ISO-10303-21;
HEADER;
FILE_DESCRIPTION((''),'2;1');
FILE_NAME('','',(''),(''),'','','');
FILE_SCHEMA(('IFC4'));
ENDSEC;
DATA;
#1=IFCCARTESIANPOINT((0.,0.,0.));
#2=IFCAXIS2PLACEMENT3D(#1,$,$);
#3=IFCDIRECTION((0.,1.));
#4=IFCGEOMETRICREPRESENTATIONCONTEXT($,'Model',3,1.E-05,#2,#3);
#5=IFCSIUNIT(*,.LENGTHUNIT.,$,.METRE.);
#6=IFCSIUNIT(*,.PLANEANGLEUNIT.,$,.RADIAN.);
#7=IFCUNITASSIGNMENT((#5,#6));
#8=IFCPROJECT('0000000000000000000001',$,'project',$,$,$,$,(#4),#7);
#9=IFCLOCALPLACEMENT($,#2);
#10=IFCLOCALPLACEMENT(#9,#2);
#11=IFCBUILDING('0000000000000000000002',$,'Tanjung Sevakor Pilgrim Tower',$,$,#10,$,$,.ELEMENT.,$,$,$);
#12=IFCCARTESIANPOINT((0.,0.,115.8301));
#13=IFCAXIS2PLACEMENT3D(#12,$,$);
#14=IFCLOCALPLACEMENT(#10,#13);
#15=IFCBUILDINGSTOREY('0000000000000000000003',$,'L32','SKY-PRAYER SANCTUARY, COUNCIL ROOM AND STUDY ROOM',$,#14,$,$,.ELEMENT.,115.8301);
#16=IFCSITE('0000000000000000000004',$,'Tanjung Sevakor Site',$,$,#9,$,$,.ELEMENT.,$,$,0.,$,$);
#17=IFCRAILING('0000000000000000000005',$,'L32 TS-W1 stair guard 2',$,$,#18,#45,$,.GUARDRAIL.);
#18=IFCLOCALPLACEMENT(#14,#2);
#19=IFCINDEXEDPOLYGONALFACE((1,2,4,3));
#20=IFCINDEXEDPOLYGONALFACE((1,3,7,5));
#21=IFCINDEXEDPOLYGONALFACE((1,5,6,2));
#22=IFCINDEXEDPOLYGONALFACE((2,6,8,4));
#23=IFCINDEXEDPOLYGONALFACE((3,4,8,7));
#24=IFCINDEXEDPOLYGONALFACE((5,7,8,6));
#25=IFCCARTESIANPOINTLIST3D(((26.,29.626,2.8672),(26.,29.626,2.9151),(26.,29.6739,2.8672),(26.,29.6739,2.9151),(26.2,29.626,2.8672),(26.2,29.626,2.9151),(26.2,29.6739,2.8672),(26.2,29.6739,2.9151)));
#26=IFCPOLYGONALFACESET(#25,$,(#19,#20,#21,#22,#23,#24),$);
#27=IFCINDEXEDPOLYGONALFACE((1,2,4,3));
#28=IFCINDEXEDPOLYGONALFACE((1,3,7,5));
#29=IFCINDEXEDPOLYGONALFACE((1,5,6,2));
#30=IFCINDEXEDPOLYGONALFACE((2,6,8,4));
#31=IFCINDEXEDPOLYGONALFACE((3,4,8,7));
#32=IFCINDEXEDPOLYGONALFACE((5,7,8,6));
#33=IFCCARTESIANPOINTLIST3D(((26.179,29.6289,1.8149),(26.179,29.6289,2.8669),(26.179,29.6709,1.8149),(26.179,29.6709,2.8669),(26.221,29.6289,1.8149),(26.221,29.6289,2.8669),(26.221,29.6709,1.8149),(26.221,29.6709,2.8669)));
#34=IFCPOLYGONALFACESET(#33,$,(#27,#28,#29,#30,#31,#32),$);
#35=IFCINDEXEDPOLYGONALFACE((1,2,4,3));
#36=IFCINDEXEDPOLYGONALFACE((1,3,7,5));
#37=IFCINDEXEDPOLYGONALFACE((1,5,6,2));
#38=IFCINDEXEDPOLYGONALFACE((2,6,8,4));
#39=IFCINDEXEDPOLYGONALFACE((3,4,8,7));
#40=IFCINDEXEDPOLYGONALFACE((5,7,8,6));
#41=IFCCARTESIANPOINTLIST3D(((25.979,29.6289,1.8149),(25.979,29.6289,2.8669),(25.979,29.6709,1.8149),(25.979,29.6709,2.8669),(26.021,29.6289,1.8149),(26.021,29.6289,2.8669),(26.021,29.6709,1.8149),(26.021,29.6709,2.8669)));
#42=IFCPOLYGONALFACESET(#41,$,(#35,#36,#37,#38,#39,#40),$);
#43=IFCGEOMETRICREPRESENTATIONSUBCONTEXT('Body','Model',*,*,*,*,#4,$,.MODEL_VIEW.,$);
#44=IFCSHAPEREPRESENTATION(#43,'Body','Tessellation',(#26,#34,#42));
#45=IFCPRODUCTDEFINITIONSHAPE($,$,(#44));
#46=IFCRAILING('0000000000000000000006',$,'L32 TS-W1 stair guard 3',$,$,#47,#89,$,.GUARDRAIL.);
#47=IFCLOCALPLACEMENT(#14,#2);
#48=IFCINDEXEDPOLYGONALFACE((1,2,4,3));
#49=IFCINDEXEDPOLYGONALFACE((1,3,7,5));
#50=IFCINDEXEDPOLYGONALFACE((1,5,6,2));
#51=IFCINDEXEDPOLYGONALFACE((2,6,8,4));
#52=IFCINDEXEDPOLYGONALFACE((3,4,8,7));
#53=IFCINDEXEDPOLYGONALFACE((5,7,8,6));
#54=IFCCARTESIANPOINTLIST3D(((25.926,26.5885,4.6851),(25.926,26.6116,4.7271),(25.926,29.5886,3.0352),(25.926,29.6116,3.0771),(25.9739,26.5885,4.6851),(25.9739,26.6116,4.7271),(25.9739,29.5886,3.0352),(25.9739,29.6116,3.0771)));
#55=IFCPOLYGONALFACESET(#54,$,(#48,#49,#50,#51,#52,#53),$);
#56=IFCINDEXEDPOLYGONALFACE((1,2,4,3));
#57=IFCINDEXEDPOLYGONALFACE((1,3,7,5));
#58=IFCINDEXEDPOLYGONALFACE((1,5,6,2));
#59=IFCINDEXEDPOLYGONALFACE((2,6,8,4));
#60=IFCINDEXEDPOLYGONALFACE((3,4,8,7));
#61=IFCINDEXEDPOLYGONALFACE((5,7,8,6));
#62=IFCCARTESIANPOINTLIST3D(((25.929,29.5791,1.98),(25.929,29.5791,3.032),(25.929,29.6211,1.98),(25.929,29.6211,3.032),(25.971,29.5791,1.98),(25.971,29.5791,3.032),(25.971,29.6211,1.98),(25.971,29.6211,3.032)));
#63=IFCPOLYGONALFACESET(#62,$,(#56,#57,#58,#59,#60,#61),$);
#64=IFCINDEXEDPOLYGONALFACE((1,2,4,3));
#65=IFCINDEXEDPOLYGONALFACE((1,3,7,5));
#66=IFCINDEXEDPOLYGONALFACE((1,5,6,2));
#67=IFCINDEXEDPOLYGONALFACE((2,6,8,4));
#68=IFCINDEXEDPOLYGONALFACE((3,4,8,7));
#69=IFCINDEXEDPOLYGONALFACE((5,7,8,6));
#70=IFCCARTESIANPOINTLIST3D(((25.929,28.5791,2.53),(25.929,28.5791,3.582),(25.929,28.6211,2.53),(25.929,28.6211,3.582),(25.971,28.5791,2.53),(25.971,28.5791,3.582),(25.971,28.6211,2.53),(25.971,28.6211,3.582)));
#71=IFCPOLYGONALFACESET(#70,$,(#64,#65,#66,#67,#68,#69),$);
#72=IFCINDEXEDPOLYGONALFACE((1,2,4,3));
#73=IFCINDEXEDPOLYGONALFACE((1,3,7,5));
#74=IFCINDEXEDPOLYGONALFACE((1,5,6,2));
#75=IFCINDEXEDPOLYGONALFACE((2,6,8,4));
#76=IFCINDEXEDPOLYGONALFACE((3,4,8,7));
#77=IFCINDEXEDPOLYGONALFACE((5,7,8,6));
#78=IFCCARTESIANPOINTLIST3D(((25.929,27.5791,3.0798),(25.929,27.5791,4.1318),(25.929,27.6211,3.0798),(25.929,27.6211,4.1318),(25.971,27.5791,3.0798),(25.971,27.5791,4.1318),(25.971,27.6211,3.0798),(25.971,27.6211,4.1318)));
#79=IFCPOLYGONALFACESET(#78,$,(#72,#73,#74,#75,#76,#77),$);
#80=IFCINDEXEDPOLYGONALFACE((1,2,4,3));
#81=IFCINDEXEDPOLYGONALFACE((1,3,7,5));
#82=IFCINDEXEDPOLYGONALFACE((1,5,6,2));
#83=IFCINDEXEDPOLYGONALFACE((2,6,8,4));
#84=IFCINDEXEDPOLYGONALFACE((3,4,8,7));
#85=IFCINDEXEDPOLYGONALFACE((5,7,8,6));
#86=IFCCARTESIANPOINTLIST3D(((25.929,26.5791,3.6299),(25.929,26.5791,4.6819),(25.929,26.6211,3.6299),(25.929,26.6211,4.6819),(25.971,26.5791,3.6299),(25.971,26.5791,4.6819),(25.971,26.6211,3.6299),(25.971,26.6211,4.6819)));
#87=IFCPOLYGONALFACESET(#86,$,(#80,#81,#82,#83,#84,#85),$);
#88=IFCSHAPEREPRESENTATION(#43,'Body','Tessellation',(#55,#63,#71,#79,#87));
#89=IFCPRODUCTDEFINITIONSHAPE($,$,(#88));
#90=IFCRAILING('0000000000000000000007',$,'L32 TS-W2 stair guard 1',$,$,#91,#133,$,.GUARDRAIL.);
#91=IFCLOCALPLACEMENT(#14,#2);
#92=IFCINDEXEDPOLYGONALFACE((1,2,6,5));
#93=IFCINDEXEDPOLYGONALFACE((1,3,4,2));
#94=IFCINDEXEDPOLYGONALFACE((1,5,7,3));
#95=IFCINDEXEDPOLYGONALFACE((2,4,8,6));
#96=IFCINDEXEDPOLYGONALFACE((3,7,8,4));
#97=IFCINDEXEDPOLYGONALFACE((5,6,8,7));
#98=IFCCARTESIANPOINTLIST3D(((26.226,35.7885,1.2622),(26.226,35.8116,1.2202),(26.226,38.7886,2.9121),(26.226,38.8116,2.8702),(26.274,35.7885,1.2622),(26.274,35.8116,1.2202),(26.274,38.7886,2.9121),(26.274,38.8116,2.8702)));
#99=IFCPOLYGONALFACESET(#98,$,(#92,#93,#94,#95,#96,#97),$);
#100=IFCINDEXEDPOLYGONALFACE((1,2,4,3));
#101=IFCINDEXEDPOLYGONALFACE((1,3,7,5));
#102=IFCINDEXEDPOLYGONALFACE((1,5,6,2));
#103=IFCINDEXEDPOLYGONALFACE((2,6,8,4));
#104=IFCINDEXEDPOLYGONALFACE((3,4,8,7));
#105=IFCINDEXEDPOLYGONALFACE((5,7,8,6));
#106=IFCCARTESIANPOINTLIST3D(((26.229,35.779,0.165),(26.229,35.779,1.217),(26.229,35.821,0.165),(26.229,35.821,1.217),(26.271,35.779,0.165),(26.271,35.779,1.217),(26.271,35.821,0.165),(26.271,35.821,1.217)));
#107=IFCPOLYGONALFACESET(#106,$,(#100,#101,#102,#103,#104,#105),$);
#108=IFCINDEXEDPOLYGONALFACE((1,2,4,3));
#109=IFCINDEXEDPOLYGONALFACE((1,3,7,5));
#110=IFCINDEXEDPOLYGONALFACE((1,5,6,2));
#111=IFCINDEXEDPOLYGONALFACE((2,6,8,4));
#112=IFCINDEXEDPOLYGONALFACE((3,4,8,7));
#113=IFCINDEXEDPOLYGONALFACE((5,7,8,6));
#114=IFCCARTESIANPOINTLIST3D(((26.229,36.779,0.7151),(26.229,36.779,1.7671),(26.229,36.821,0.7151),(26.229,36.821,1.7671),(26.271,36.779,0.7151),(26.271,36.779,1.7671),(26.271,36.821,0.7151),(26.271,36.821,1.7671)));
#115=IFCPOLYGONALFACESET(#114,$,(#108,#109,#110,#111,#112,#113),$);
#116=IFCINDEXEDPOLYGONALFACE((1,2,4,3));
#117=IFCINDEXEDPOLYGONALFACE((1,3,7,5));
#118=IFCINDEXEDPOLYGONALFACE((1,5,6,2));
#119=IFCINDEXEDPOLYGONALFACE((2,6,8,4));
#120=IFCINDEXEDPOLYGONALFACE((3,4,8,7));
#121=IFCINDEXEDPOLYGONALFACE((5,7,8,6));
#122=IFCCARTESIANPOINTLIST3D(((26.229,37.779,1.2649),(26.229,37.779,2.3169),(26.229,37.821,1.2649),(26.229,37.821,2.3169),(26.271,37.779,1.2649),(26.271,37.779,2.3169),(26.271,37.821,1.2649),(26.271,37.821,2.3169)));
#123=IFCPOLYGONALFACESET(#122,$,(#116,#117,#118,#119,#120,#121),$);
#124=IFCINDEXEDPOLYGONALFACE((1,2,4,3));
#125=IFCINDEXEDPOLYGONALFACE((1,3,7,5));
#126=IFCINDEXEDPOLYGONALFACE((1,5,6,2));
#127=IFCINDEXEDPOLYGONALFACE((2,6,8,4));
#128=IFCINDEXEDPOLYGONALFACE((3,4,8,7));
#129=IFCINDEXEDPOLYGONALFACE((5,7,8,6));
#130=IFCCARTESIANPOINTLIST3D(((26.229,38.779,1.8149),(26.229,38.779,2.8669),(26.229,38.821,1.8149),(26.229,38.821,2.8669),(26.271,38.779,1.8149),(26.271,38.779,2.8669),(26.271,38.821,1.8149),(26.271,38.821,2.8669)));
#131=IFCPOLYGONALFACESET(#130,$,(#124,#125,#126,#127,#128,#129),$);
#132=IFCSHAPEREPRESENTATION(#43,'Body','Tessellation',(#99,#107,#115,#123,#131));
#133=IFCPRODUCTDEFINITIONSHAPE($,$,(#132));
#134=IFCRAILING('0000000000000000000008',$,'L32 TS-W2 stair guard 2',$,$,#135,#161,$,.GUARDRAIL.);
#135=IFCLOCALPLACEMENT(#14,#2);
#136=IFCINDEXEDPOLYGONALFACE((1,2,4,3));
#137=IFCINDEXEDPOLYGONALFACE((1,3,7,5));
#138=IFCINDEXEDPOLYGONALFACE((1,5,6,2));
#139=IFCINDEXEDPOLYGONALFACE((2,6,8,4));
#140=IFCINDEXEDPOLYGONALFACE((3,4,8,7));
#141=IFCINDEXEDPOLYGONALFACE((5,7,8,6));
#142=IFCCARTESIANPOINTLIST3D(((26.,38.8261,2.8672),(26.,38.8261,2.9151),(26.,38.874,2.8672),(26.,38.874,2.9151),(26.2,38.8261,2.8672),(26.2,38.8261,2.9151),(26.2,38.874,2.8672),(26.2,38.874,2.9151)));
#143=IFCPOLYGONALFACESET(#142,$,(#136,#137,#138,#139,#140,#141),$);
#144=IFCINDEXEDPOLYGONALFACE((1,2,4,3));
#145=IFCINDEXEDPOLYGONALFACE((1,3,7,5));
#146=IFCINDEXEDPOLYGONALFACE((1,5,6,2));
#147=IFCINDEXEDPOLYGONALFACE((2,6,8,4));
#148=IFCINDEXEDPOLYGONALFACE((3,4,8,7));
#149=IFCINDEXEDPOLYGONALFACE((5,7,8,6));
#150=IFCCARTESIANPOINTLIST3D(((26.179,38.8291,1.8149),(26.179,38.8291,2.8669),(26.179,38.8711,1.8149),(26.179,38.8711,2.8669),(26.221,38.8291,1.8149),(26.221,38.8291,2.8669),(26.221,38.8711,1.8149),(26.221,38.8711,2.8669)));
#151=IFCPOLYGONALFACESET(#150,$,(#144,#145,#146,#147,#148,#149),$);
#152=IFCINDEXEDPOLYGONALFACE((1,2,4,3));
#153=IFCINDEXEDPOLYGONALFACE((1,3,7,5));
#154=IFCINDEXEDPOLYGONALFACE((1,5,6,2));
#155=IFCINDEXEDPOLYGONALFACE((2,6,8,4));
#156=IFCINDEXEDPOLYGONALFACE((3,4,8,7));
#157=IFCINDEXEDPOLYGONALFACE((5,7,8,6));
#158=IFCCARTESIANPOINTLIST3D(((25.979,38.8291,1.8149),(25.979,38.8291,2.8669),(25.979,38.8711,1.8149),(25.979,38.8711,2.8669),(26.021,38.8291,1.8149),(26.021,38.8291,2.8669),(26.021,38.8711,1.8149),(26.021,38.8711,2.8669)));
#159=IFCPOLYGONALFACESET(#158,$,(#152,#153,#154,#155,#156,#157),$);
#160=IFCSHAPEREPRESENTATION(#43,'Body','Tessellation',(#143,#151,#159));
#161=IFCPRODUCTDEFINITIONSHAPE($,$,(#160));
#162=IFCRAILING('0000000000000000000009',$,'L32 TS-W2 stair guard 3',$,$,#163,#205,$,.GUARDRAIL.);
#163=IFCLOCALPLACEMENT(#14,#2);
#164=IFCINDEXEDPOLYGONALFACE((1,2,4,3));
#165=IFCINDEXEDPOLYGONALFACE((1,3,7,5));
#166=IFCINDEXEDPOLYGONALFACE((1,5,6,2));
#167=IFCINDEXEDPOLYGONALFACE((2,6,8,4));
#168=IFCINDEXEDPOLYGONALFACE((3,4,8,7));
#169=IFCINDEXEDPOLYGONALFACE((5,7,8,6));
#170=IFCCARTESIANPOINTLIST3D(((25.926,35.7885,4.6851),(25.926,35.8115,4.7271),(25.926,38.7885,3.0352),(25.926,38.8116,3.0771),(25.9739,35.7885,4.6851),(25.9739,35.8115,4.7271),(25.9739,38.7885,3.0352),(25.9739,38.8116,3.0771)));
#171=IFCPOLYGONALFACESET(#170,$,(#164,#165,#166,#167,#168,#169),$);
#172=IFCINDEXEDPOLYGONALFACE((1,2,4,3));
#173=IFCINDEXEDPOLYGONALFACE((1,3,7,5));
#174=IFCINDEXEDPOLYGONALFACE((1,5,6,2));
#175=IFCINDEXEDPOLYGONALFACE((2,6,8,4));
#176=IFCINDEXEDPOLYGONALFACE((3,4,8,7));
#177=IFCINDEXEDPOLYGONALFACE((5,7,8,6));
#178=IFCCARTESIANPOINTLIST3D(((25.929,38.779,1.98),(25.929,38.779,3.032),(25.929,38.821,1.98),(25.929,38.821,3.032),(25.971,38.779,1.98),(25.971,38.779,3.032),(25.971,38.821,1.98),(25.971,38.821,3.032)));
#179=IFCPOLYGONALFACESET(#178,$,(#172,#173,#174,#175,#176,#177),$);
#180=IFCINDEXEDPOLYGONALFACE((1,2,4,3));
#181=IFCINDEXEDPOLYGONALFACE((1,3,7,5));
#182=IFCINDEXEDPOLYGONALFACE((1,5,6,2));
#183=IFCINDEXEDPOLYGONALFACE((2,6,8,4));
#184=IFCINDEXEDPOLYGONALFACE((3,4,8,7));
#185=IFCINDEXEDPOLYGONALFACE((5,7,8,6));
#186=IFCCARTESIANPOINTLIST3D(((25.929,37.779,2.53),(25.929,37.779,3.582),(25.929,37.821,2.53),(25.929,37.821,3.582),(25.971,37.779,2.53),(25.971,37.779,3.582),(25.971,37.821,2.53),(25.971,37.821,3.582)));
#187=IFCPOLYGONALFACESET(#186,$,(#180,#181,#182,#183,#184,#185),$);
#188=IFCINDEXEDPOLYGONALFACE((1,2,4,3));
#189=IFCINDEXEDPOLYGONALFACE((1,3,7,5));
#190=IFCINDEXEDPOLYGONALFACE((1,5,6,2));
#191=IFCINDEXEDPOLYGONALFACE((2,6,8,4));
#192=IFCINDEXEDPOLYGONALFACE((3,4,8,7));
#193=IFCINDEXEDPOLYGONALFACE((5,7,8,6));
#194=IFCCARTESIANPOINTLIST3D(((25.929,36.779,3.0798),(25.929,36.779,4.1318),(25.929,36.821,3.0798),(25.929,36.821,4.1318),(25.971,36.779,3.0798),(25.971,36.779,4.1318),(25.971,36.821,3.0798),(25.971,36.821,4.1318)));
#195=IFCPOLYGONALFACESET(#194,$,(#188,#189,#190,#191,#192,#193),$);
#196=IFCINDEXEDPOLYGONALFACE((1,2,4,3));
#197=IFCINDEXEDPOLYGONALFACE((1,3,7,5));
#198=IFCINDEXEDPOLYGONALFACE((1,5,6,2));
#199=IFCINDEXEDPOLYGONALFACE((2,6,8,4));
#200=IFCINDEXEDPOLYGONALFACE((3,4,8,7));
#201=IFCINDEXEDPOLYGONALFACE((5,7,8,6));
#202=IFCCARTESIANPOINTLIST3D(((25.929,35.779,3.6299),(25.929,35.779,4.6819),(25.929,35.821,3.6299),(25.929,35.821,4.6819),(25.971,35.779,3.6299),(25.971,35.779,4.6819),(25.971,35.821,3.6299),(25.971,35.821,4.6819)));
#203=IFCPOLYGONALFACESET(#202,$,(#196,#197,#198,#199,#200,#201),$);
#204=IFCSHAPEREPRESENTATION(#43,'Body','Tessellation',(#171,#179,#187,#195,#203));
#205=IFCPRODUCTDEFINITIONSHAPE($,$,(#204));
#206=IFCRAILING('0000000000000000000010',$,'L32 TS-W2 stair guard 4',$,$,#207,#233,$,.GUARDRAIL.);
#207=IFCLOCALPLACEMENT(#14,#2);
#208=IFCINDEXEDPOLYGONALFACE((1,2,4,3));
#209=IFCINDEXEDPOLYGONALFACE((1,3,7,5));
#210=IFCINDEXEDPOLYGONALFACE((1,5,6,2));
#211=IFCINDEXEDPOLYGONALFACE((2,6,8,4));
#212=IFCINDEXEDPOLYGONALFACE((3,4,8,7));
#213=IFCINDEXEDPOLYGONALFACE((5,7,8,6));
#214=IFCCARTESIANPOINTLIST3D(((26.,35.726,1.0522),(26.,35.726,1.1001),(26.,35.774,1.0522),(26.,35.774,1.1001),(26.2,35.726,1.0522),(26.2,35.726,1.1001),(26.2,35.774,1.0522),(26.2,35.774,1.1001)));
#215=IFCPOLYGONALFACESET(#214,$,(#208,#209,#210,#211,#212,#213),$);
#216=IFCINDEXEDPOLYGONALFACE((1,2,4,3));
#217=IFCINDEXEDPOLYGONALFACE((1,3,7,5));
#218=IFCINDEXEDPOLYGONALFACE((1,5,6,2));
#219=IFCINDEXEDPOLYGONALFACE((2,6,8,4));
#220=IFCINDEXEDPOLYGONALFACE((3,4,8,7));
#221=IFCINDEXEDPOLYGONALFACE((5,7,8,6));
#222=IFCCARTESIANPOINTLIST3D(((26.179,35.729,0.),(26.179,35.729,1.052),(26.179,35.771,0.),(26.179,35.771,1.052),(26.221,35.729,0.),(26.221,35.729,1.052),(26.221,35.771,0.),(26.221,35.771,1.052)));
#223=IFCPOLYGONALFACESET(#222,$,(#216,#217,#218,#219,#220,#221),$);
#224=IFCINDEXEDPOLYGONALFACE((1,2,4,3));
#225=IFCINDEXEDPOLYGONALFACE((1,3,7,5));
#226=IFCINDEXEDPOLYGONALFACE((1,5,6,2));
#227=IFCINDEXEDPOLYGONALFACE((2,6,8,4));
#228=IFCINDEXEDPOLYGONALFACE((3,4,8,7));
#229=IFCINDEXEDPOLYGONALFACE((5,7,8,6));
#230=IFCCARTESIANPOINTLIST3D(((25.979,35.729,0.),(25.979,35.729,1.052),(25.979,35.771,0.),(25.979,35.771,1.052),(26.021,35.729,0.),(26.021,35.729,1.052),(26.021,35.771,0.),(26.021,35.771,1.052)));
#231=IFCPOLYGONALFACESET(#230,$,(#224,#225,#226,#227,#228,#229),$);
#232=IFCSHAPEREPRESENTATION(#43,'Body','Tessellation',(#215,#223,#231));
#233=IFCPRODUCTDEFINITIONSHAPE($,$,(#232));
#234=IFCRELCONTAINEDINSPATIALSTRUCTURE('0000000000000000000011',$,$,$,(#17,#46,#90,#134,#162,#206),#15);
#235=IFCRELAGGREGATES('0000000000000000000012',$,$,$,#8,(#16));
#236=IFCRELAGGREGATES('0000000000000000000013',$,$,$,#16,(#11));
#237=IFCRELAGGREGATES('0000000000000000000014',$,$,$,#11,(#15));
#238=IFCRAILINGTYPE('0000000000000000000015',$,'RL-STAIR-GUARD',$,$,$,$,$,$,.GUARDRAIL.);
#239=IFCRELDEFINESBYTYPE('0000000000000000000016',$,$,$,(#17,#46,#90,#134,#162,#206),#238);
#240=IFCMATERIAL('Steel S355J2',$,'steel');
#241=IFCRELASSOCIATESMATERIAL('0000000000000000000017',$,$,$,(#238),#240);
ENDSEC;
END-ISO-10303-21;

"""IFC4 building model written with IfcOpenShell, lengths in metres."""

from ifc_helpers import new_model, si_unit, direction, frame, origin, place, context, subcontext, project, spatial, rectangle, extrude, material, type_object, element, save


model = new_model("IFC4")

# Units and contexts
model_context = context("Model", 3, precision=1e-05, world=origin(), true_north=direction((0.0, 1.0)))
body_context = subcontext(model_context, "Body", "Model", "MODEL_VIEW")
ifc_project = project(units=[si_unit("LENGTHUNIT", "METRE"), si_unit("PLANEANGLEUNIT", "RADIAN")], contexts=[model_context])

# Site, building, storey
site_placement = place(None, origin())
site = spatial("IfcSite", under=ifc_project, at=site_placement, Name="Tanjung Sevakor Site", CompositionType="ELEMENT", RefElevation=0.0)
building_placement = place(site_placement, origin())
building = spatial("IfcBuilding", under=site, at=building_placement, Name="Tanjung Sevakor Pilgrim Tower", CompositionType="ELEMENT")
storey_placement = place(building_placement, frame((0.0, 0.0, 115.8301)))
storey = spatial("IfcBuildingStorey", under=building, at=storey_placement, Name="L32", Description="SKY-PRAYER SANCTUARY, COUNCIL ROOM AND STUDY ROOM", CompositionType="ELEMENT", Elevation=115.8301)

# Railings
ifc_material_1 = material(Name="Steel S355J2", Category="steel")
railing_type_1 = type_object("IfcRailingType", Name="RL-STAIR-GUARD", PredefinedType="GUARDRAIL", material=ifc_material_1)
railing_1_placement = place(storey_placement, frame((26.2, 29.6499, 1.8149)))
element("IfcRailing", 1, at=railing_1_placement, inside=storey, type_object=railing_type_1, Name="L32 TS-W1 stair guard 2", PredefinedType="GUARDRAIL", context=body_context, shape_type="SweptSolid", body=[
    extrude(rectangle(XDim=0.0479, YDim=0.0479), frame((0.0, 0.0, 1.0762), z_axis=(-1.0, 0.0, 0.0), x_axis=(0.0, -1.0, 0.0)), (0.0, 0.0, 1.0), 0.2),
    extrude(rectangle(XDim=0.042, YDim=0.042), origin(), (0.0, 0.0, 1.0), 1.052),
    extrude(rectangle(XDim=0.042, YDim=0.042), frame((-0.2, 0.0, 0.0)), (0.0, 0.0, 1.0), 1.052),
])
railing_2_placement = place(storey_placement, frame((25.95, 29.6001, 1.98)))
element("IfcRailing", 2, at=railing_2_placement, inside=storey, type_object=railing_type_1, Name="L32 TS-W1 stair guard 3", PredefinedType="GUARDRAIL", context=body_context, shape_type="SweptSolid", body=[
    extrude(rectangle(XDim=0.0479, YDim=0.0479), frame((0.0, 0.0, 1.0762), z_axis=(0.0, -0.876228, 0.481897), x_axis=(1.0, 0.0, 0.0)), (0.0, 0.0, 1.0), 3.4238),
    extrude(rectangle(XDim=0.042, YDim=0.042), origin(), (0.0, 0.0, 1.0), 1.052),
    extrude(rectangle(XDim=0.042, YDim=0.042), frame((0.0, -1.0, 0.55)), (0.0, 0.0, 1.0), 1.052),
    extrude(rectangle(XDim=0.042, YDim=0.042), frame((0.0, -2.0, 1.0999)), (0.0, 0.0, 1.0), 1.052),
    extrude(rectangle(XDim=0.042, YDim=0.042), frame((0.0, -3.0, 1.6499)), (0.0, 0.0, 1.0), 1.052),
])
railing_3_placement = place(storey_placement, frame((26.25, 35.8, 0.165)))
element("IfcRailing", 3, at=railing_3_placement, inside=storey, type_object=railing_type_1, Name="L32 TS-W2 stair guard 1", PredefinedType="GUARDRAIL", context=body_context, shape_type="SweptSolid", body=[
    extrude(rectangle(XDim=0.0479, YDim=0.0479), frame((0.0, 0.0, 1.0762), z_axis=(0.0, 0.876228, 0.481897), x_axis=(-1.0, 0.0, 0.0)), (0.0, 0.0, 1.0), 3.4238),
    extrude(rectangle(XDim=0.042, YDim=0.042), origin(), (0.0, 0.0, 1.0), 1.052),
    extrude(rectangle(XDim=0.042, YDim=0.042), frame((0.0, 1.0, 0.55)), (0.0, 0.0, 1.0), 1.052),
    extrude(rectangle(XDim=0.042, YDim=0.042), frame((0.0, 2.0, 1.0999)), (0.0, 0.0, 1.0), 1.052),
    extrude(rectangle(XDim=0.042, YDim=0.042), frame((0.0, 3.0, 1.6499)), (0.0, 0.0, 1.0), 1.052),
])
railing_4_placement = place(storey_placement, frame((26.2, 38.8501, 1.8149)))
element("IfcRailing", 4, at=railing_4_placement, inside=storey, type_object=railing_type_1, Name="L32 TS-W2 stair guard 2", PredefinedType="GUARDRAIL", context=body_context, shape_type="SweptSolid", body=[
    extrude(rectangle(XDim=0.0479, YDim=0.0479), frame((0.0, 0.0, 1.0762), z_axis=(-1.0, 0.0, 0.0), x_axis=(0.0, -1.0, 0.0)), (0.0, 0.0, 1.0), 0.2),
    extrude(rectangle(XDim=0.042, YDim=0.042), origin(), (0.0, 0.0, 1.0), 1.052),
    extrude(rectangle(XDim=0.042, YDim=0.042), frame((-0.2, 0.0, 0.0)), (0.0, 0.0, 1.0), 1.052),
])
railing_5_placement = place(storey_placement, frame((25.95, 38.8, 1.98)))
element("IfcRailing", 5, at=railing_5_placement, inside=storey, type_object=railing_type_1, Name="L32 TS-W2 stair guard 3", PredefinedType="GUARDRAIL", context=body_context, shape_type="SweptSolid", body=[
    extrude(rectangle(XDim=0.0479, YDim=0.0479), frame((0.0, 0.0, 1.0762), z_axis=(0.0, -0.876228, 0.481897), x_axis=(1.0, 0.0, 0.0)), (0.0, 0.0, 1.0), 3.4238),
    extrude(rectangle(XDim=0.042, YDim=0.042), origin(), (0.0, 0.0, 1.0), 1.052),
    extrude(rectangle(XDim=0.042, YDim=0.042), frame((0.0, -1.0, 0.55)), (0.0, 0.0, 1.0), 1.052),
    extrude(rectangle(XDim=0.042, YDim=0.042), frame((0.0, -2.0, 1.0999)), (0.0, 0.0, 1.0), 1.052),
    extrude(rectangle(XDim=0.042, YDim=0.042), frame((0.0, -3.0, 1.6499)), (0.0, 0.0, 1.0), 1.052),
])
railing_6_placement = place(storey_placement, frame((26.2, 35.75, 0.0)))
element("IfcRailing", 6, at=railing_6_placement, inside=storey, type_object=railing_type_1, Name="L32 TS-W2 stair guard 4", PredefinedType="GUARDRAIL", context=body_context, shape_type="SweptSolid", body=[
    extrude(rectangle(XDim=0.0479, YDim=0.0479), frame((0.0, 0.0, 1.0762), z_axis=(-1.0, 0.0, 0.0), x_axis=(0.0, -1.0, 0.0)), (0.0, 0.0, 1.0), 0.2),
    extrude(rectangle(XDim=0.042, YDim=0.042), origin(), (0.0, 0.0, 1.0), 1.052),
    extrude(rectangle(XDim=0.042, YDim=0.042), frame((-0.2, 0.0, 0.0)), (0.0, 0.0, 1.0), 1.052),
])

save(model, "model.ifc")
